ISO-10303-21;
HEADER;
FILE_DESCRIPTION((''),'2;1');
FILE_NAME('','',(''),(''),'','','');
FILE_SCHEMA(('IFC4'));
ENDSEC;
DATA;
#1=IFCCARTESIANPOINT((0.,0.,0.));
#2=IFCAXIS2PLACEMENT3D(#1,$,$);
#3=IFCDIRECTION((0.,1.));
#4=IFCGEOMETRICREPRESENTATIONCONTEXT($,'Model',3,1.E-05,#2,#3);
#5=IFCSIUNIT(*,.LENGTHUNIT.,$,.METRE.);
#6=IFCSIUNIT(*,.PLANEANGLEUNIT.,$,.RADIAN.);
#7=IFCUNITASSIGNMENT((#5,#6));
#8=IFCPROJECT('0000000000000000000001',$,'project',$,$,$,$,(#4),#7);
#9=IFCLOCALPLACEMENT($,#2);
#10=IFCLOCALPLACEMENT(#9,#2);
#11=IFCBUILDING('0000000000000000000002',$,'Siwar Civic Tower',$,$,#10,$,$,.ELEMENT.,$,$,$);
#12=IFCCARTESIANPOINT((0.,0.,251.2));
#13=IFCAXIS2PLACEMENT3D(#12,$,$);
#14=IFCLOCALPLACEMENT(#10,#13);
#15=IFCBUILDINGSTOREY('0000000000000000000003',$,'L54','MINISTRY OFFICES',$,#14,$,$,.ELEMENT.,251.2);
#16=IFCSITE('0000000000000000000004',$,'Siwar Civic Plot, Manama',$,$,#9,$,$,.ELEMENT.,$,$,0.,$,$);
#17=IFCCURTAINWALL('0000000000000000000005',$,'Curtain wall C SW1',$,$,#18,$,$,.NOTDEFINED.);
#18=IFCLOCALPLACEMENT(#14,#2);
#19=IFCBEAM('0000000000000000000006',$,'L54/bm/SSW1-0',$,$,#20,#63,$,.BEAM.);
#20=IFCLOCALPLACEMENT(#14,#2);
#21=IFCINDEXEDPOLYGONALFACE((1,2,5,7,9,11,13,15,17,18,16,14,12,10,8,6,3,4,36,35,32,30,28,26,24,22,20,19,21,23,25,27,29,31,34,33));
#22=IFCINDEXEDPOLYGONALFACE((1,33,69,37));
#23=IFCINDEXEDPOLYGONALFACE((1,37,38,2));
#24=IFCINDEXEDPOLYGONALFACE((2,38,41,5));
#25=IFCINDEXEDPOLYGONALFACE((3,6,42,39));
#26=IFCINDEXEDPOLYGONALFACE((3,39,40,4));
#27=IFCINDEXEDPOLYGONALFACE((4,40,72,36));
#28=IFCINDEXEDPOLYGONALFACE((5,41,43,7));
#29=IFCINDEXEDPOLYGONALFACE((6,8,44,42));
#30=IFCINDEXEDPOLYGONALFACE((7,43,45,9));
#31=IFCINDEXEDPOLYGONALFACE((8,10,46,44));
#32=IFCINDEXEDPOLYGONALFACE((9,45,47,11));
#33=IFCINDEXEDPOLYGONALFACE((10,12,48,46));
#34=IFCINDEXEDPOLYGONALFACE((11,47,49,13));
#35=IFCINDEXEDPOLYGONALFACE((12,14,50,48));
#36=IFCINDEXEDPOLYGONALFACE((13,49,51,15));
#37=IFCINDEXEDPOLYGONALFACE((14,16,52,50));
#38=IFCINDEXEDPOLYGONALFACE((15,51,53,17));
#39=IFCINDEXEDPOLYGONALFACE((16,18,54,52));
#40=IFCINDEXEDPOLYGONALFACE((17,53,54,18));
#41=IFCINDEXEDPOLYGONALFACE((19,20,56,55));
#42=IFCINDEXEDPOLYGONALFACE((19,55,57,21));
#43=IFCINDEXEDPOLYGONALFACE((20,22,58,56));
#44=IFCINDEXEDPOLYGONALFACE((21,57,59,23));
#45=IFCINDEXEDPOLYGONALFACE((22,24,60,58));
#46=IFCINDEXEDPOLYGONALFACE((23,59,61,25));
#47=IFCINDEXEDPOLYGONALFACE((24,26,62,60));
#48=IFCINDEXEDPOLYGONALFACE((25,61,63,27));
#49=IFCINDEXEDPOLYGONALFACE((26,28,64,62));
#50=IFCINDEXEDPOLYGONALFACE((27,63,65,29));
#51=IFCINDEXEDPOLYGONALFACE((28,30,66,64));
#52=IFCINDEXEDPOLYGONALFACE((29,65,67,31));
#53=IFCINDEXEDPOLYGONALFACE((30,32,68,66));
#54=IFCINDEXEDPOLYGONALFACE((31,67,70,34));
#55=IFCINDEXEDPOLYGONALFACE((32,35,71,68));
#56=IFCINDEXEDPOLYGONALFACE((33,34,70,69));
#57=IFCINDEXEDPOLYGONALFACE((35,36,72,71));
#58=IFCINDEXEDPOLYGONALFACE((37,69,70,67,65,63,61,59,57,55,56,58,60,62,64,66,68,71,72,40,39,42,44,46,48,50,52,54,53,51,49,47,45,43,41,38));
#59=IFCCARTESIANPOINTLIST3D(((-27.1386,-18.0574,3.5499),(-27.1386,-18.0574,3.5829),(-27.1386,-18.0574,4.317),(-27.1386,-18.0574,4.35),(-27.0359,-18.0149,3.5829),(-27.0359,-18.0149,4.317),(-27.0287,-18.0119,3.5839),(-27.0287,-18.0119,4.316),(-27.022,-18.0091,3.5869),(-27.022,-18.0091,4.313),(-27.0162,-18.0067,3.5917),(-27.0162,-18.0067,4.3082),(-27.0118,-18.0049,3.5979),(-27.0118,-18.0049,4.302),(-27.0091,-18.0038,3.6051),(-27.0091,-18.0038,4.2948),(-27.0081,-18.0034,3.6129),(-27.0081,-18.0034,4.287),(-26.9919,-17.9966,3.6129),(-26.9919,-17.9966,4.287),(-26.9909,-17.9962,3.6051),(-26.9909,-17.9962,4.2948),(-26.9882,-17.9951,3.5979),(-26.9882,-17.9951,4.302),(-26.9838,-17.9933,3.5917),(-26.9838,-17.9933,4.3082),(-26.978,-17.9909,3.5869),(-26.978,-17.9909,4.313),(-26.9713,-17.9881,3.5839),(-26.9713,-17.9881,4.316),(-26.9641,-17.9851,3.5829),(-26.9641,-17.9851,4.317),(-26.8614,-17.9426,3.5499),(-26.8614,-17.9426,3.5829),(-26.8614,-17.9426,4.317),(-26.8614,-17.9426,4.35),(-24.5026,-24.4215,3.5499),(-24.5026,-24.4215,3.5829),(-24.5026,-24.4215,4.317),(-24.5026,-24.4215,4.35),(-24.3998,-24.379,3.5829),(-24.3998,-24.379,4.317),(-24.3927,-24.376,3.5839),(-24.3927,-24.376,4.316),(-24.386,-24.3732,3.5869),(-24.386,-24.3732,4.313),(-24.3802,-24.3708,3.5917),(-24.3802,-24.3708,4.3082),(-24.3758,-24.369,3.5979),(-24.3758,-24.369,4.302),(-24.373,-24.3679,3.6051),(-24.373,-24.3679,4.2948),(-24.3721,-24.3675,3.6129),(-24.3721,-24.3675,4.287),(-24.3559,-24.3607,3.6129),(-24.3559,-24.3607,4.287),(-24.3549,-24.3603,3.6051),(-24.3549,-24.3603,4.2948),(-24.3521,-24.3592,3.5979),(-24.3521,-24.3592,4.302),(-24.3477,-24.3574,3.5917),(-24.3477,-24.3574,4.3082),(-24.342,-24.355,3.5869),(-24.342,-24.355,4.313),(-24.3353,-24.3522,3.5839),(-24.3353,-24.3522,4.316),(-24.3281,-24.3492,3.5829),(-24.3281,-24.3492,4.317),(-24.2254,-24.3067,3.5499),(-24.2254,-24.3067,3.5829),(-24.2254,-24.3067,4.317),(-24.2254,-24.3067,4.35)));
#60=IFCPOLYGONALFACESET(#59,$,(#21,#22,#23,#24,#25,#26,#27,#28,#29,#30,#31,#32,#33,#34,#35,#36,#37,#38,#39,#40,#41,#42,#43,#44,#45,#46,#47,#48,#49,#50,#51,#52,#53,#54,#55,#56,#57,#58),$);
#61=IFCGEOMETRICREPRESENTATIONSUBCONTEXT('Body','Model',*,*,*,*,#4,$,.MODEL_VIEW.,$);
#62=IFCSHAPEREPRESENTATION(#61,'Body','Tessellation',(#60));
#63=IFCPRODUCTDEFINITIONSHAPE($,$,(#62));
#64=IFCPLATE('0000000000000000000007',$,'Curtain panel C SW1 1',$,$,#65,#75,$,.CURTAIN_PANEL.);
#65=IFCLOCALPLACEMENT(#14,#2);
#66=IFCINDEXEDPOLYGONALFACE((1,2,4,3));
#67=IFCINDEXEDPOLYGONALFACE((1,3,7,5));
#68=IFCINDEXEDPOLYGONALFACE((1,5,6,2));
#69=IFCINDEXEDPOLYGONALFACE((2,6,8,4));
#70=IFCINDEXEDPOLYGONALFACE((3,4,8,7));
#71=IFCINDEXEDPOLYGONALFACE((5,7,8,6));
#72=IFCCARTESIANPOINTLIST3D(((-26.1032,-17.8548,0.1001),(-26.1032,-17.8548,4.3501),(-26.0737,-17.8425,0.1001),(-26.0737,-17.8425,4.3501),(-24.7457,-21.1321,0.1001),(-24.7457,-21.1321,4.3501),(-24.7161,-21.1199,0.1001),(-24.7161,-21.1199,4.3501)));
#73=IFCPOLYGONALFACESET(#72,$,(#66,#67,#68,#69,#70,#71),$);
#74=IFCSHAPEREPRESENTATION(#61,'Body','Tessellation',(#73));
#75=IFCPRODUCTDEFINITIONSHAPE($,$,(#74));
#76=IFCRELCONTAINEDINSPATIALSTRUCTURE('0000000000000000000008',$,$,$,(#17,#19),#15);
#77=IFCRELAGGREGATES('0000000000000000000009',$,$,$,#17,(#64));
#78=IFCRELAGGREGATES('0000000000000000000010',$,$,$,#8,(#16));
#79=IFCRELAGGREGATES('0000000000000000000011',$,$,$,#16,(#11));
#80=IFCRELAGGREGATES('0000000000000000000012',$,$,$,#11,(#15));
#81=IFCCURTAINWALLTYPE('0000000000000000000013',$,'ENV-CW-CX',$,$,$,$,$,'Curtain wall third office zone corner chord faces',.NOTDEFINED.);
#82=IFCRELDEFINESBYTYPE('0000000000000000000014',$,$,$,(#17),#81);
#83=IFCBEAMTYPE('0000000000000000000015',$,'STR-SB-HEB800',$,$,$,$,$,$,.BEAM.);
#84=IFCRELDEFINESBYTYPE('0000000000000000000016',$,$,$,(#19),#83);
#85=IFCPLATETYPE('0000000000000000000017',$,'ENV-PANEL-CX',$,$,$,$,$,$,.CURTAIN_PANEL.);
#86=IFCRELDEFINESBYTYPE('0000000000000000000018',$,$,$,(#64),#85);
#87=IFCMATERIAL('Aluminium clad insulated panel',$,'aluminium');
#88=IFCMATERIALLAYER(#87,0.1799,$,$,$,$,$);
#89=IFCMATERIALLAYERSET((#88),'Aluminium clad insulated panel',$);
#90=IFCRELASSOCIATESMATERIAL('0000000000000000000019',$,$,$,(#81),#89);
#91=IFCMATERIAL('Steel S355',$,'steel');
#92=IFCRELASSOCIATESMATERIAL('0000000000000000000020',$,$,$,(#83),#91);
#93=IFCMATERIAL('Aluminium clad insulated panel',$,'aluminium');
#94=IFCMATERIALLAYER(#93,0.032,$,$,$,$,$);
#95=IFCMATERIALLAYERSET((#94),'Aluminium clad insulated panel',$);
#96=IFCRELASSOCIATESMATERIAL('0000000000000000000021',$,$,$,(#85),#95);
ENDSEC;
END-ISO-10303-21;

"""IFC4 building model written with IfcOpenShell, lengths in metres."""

from ifc_helpers import new_model, si_unit, direction, frame, origin, origin_2d, place, context, subcontext, project, spatial, rectangle, i_section, extrude, material, layer, layer_set, material_profile, profile_set, type_object, element, aggregate, save


model = new_model("IFC4")

# Units and contexts
model_context = context("Model", 3, precision=1e-05, world=origin(), true_north=direction((0.0, 1.0)))
body_context = subcontext(model_context, "Body", "Model", "MODEL_VIEW")
ifc_project = project(units=[si_unit("LENGTHUNIT", "METRE"), si_unit("PLANEANGLEUNIT", "RADIAN")], contexts=[model_context])

# Site, building, storey
site_placement = place(None, origin())
site = spatial("IfcSite", under=ifc_project, at=site_placement, Name="Siwar Civic Plot, Manama", CompositionType="ELEMENT", RefElevation=0.0)
building_placement = place(site_placement, origin())
building = spatial("IfcBuilding", under=site, at=building_placement, Name="Siwar Civic Tower", CompositionType="ELEMENT")
storey_placement = place(building_placement, frame((0.0, 0.0, 251.2)))
storey = spatial("IfcBuildingStorey", under=building, at=storey_placement, Name="L54", Description="MINISTRY OFFICES", CompositionType="ELEMENT", Elevation=251.2)

# Curtain wall
ifc_material_1 = material(Name="Aluminium clad insulated panel", Category="aluminium")
ifc_layer_1 = layer(ifc_material_1, 0.1799)
ifc_layer_set_1 = layer_set([ifc_layer_1], Name="Aluminium clad insulated panel")
curtain_wall_type = type_object("IfcCurtainWallType", Name="ENV-CW-CX", ElementType="Curtain wall third office zone corner chord faces", PredefinedType="NOTDEFINED", material=ifc_layer_set_1)
curtain_wall_placement = place(storey_placement, origin())
curtain_wall = element("IfcCurtainWall", 1, at=curtain_wall_placement, inside=storey, type_object=curtain_wall_type, Name="Curtain wall C SW1", PredefinedType="NOTDEFINED")

# Beam
ifc_material_2 = material(Name="Steel S355", Category="steel")
ifc_material_profile_1 = material_profile(ifc_material_2, i_section(OverallWidth=0.3, OverallDepth=0.8, WebThickness=0.0176, FlangeThickness=0.033, FilletRadius=0.03, at=origin_2d()), Name="HEB800")
ifc_profile_set_1 = profile_set([ifc_material_profile_1], Name="Steel S355")
beam_type_1 = type_object("IfcBeamType", Name="STR-SB-HEB800", PredefinedType="BEAM", material=ifc_profile_set_1)
beam_1_placement = place(storey_placement, frame((-27.0, -18.0, 3.95), z_axis=(0.382674, -0.923883, 0.0), x_axis=(0.923883, 0.382674, 0.0)))
element("IfcBeam", 2, at=beam_1_placement, inside=storey, type_object=beam_type_1, Name="L54/bm/SSW1-0", PredefinedType="BEAM", context=body_context, shape_type="SweptSolid", body=[
    extrude(i_section(OverallWidth=0.3, OverallDepth=0.8, WebThickness=0.0176, FlangeThickness=0.033, FilletRadius=0.03, at=origin_2d()), origin(), (0.0, 0.0, 1.0), 6.8884),
])

# Plate
ifc_material_3 = material(Name="Aluminium clad insulated panel", Category="aluminium")
ifc_layer_2 = layer(ifc_material_3, 0.032)
ifc_layer_set_2 = layer_set([ifc_layer_2], Name="Aluminium clad insulated panel")
plate_type = type_object("IfcPlateType", Name="ENV-PANEL-CX", PredefinedType="CURTAIN_PANEL", material=ifc_layer_set_2)
plate_placement = place(storey_placement, frame((-25.4097, -19.4873, 0.1001), z_axis=(0.0, 0.0, 1.0), x_axis=(0.382683, -0.92388, 0.0)))
plate = element("IfcPlate", 3, at=plate_placement, type_object=plate_type, Name="Curtain panel C SW1 1", PredefinedType="CURTAIN_PANEL", context=body_context, shape_type="SweptSolid", body=[
    extrude(rectangle(XDim=3.5474, YDim=0.032, at=origin_2d()), origin(), (0.0, 0.0, 1.0), 4.25),
])
aggregate(curtain_wall, [plate])

save(model, "model.ifc")
